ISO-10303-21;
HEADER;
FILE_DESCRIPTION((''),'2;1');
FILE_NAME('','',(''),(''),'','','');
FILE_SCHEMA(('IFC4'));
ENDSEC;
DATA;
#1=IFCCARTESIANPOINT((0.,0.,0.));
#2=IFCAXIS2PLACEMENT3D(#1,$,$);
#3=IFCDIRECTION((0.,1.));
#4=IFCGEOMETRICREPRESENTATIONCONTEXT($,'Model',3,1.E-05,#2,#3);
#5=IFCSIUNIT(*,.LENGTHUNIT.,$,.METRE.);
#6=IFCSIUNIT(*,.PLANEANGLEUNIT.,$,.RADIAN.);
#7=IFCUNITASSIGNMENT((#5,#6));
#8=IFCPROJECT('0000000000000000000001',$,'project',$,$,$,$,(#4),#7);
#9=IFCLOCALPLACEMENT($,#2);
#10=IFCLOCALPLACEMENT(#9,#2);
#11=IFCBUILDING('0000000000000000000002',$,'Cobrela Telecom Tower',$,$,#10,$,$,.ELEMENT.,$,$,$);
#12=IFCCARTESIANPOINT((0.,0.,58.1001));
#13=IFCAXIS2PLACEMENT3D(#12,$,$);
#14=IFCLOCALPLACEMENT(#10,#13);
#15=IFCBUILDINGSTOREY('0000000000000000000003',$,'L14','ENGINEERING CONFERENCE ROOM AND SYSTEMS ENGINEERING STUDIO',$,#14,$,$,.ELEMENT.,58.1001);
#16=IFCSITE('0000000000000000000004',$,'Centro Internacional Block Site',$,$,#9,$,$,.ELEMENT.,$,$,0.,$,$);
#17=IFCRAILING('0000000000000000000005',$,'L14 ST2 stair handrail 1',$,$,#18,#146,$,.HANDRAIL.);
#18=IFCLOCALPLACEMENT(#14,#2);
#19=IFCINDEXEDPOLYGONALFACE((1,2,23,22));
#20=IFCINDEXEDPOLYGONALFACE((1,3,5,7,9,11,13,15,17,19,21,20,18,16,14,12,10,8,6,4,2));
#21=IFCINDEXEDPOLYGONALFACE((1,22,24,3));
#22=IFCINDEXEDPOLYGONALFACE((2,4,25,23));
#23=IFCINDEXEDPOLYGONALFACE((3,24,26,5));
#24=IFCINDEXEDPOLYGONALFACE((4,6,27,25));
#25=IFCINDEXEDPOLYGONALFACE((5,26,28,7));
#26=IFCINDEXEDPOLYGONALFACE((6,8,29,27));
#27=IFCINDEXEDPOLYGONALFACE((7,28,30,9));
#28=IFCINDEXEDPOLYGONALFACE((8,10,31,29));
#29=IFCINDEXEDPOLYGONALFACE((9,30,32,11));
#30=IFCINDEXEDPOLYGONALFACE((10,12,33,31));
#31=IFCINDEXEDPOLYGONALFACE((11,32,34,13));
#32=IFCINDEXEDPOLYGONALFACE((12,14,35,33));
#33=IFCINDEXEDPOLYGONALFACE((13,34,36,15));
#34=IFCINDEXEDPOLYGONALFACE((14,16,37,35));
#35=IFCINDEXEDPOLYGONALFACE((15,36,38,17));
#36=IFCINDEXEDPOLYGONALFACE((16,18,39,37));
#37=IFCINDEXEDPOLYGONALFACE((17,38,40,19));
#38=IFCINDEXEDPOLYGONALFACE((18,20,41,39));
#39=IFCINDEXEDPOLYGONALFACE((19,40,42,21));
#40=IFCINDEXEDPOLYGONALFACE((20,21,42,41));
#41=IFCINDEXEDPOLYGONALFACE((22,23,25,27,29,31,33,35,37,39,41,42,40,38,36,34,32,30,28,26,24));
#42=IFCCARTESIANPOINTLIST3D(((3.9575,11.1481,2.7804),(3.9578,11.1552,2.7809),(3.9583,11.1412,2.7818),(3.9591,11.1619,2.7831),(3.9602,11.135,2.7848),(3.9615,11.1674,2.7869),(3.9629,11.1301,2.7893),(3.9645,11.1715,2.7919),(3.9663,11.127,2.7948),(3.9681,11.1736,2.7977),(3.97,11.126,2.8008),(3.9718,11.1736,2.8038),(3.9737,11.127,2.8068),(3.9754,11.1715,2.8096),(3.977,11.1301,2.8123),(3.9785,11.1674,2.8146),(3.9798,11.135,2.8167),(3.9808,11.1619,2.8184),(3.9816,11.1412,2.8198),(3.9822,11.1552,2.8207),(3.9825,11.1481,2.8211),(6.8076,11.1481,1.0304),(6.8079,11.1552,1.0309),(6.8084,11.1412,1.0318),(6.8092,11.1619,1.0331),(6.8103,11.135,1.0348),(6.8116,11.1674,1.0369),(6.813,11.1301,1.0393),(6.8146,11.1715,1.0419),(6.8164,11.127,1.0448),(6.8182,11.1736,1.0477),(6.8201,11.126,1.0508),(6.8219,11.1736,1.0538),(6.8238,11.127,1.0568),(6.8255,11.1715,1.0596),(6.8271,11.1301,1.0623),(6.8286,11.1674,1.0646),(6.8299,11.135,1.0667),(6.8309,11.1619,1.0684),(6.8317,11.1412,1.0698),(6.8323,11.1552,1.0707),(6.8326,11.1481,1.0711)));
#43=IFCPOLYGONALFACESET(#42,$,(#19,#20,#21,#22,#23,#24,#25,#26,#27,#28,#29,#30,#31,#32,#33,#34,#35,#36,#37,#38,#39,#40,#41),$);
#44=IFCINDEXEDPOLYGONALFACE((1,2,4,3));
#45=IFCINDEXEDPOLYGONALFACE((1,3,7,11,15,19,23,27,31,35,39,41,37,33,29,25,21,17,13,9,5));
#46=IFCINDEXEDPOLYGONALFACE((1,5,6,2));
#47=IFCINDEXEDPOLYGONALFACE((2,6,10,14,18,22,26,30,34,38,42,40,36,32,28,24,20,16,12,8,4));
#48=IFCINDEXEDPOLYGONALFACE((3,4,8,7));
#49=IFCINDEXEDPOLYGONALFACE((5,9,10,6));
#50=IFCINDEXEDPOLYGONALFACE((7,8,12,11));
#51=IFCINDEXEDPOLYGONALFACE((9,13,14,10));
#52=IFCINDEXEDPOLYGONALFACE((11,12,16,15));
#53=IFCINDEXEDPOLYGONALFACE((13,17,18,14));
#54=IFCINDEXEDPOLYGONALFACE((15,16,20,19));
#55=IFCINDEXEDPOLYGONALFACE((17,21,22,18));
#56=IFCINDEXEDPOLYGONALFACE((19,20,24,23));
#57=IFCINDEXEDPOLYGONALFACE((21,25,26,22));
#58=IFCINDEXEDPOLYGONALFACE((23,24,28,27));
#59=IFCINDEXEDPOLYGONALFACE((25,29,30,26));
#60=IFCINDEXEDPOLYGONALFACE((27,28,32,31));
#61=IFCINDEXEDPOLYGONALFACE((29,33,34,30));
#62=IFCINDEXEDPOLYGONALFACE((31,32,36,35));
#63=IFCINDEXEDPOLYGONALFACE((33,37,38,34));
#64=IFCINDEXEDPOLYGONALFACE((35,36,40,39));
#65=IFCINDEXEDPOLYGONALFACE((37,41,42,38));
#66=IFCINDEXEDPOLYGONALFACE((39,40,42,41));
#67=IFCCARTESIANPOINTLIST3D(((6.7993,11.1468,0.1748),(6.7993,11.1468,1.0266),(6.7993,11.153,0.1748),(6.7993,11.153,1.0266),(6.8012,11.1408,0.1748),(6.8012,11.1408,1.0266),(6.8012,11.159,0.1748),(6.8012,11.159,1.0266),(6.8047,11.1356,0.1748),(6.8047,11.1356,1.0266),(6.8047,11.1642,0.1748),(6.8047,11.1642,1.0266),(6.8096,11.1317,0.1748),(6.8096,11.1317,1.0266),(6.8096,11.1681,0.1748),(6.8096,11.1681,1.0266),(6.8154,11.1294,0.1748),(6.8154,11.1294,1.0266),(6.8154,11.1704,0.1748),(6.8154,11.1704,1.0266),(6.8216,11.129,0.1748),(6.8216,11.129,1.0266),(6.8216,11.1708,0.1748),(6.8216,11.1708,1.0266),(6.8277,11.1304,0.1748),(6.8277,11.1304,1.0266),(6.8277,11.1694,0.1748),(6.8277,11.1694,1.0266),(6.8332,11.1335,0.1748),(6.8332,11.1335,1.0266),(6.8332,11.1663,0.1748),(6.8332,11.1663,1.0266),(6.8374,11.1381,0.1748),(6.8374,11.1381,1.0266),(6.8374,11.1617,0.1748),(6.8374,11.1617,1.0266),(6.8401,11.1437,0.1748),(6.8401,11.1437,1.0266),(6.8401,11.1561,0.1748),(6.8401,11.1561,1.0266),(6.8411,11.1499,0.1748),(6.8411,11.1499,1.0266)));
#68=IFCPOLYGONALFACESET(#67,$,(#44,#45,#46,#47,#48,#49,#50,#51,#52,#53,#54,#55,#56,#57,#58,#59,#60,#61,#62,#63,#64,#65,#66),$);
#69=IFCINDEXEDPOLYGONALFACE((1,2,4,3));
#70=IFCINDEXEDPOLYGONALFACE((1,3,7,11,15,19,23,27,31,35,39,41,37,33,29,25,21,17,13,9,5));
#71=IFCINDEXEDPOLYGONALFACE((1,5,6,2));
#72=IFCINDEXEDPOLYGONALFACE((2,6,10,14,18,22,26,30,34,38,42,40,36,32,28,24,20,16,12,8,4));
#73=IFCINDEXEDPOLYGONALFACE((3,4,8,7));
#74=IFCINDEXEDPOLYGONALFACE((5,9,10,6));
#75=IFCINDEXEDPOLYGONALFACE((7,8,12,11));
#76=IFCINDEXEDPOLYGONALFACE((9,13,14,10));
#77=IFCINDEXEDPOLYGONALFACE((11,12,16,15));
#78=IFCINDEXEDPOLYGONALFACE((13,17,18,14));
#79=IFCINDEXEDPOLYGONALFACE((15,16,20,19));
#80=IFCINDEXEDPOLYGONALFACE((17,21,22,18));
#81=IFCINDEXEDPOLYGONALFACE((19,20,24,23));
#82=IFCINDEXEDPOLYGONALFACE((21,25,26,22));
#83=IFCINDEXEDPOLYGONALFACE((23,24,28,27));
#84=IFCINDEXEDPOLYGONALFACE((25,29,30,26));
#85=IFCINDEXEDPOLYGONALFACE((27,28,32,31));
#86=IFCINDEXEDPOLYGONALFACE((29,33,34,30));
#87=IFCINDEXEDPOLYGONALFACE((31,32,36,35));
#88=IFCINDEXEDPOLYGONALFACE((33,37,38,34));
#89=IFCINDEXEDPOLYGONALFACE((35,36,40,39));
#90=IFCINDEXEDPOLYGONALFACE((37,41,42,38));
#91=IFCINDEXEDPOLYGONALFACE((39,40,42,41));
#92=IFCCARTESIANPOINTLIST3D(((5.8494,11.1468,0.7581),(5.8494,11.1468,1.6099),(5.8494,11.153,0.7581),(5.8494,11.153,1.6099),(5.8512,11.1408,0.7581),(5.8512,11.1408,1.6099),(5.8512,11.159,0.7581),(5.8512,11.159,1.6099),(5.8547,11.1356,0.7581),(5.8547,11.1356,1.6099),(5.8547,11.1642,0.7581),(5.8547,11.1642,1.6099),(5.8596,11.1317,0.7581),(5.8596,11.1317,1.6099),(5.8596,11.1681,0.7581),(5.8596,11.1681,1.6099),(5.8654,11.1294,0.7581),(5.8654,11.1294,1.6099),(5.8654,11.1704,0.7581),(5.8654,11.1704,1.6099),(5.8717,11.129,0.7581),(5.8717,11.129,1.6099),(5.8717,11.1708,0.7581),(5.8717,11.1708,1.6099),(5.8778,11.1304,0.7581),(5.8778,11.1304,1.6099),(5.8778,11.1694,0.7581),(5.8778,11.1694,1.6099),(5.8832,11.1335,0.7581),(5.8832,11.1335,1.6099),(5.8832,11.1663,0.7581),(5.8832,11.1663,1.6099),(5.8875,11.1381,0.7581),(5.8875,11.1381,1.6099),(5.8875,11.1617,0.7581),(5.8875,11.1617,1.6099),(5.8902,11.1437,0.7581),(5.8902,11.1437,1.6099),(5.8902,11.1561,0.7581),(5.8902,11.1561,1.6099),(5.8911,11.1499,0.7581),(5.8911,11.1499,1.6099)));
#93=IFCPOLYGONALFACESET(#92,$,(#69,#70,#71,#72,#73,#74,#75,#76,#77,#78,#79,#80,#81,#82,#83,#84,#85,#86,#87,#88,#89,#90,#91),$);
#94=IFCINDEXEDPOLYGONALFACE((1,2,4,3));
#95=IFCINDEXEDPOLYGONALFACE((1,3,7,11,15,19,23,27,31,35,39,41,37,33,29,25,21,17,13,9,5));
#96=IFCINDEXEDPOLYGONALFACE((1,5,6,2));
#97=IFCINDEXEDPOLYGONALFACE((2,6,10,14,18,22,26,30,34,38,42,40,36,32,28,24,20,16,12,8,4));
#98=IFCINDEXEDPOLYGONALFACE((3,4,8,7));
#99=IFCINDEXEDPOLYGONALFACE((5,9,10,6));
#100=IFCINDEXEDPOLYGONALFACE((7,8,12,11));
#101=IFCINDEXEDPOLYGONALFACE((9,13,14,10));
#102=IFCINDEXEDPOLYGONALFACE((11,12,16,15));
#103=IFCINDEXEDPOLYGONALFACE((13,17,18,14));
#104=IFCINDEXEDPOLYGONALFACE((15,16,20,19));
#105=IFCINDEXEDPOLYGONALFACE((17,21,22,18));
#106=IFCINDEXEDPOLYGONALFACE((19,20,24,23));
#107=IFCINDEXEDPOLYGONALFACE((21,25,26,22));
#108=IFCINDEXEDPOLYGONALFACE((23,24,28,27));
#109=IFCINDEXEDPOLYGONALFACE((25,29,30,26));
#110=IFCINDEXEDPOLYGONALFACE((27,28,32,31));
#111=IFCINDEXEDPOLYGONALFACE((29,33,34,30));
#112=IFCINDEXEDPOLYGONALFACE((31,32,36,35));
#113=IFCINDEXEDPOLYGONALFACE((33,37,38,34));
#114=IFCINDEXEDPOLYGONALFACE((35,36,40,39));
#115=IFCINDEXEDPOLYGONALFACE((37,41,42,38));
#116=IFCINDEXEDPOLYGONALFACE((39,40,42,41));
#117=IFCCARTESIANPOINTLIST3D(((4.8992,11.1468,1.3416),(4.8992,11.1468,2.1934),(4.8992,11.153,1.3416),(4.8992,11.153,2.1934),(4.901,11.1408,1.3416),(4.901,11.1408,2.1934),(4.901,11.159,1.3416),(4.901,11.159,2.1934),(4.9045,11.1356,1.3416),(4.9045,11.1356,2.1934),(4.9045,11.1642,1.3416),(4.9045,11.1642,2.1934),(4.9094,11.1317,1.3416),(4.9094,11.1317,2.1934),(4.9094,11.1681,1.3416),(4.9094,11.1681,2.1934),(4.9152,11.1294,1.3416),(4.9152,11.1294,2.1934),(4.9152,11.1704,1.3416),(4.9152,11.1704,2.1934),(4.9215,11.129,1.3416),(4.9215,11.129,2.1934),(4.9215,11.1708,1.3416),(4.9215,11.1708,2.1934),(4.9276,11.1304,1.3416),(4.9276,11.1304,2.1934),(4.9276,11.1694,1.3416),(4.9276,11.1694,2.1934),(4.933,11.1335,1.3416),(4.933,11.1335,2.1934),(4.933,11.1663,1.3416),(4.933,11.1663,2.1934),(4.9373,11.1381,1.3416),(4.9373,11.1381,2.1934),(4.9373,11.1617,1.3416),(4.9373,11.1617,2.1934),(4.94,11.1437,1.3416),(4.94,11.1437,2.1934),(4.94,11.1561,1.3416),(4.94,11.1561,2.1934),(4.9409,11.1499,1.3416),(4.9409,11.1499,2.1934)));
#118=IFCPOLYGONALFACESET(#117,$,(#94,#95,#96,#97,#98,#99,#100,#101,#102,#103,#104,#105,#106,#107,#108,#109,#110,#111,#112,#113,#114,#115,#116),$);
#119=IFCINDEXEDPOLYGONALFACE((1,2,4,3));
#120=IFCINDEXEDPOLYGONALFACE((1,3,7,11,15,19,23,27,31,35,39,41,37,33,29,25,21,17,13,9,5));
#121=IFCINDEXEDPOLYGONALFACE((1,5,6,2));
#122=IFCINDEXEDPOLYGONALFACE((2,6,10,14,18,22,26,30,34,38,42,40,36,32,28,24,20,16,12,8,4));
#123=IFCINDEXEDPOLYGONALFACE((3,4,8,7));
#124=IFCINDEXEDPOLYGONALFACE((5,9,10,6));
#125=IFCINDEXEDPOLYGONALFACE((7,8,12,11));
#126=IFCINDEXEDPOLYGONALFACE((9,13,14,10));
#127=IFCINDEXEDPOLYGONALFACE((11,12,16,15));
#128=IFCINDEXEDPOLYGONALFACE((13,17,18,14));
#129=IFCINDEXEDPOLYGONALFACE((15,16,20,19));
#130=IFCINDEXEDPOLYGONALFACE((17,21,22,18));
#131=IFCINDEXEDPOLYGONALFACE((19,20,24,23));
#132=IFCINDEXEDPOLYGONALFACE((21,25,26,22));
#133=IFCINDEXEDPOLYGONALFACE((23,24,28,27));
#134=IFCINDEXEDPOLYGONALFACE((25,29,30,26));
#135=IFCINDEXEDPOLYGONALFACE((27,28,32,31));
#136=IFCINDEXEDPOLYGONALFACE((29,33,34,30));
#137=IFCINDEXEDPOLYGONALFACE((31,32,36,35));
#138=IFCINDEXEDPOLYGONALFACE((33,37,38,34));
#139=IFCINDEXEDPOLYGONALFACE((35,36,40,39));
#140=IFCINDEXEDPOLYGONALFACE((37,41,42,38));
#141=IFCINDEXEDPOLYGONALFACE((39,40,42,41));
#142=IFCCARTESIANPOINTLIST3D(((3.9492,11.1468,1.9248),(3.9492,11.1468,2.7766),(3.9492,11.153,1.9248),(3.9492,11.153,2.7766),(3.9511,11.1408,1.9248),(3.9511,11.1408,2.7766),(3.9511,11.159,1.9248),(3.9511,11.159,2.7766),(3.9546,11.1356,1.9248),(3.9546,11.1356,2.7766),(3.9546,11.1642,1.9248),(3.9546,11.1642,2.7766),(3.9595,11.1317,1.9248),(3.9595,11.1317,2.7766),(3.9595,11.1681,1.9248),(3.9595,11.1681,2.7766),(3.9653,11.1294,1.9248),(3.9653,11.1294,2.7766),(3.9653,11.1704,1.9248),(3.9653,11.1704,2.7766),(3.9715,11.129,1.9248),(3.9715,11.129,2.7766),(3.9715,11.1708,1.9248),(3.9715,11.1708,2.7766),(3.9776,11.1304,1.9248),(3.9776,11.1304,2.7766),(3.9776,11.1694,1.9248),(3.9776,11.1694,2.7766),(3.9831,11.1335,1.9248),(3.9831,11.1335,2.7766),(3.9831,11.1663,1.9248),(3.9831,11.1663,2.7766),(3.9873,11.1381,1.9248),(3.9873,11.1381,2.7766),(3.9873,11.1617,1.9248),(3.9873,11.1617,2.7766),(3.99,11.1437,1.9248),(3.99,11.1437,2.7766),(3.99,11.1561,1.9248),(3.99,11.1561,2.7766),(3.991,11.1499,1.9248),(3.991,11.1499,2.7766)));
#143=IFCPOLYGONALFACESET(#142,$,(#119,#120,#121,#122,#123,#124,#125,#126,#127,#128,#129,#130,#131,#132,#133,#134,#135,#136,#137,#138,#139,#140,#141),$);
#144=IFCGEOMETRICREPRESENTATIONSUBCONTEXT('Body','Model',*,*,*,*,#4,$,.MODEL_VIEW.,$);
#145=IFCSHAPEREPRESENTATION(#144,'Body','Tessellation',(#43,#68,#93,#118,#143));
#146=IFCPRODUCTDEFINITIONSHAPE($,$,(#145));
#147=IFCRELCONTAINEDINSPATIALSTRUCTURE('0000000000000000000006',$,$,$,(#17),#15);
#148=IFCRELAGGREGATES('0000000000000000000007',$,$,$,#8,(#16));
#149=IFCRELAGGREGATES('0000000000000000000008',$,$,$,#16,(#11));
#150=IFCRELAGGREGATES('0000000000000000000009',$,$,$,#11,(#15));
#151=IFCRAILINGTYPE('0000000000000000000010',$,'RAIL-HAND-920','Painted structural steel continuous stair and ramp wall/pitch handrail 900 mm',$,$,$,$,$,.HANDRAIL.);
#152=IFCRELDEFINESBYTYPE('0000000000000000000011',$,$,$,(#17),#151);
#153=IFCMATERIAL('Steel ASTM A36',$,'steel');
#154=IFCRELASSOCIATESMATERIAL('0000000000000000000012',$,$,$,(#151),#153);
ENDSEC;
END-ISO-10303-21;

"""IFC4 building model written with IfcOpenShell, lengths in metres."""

from ifc_helpers import new_model, si_unit, direction, frame, origin, origin_2d, place, context, subcontext, project, spatial, circle, extrude, material, type_object, element, save


model = new_model("IFC4")

# Units and contexts
model_context = context("Model", 3, precision=1e-05, world=origin(), true_north=direction((0.0, 1.0)))
body_context = subcontext(model_context, "Body", "Model", "MODEL_VIEW")
ifc_project = project(units=[si_unit("LENGTHUNIT", "METRE"), si_unit("PLANEANGLEUNIT", "RADIAN")], contexts=[model_context])

# Site, building, storey
site_placement = place(None, origin())
site = spatial("IfcSite", under=ifc_project, at=site_placement, Name="Centro Internacional Block Site", CompositionType="ELEMENT", RefElevation=0.0)
building_placement = place(site_placement, origin())
building = spatial("IfcBuilding", under=site, at=building_placement, Name="Cobrela Telecom Tower", CompositionType="ELEMENT")
storey_placement = place(building_placement, frame((0.0, 0.0, 58.1001)))
storey = spatial("IfcBuildingStorey", under=building, at=storey_placement, Name="L14", Description="ENGINEERING CONFERENCE ROOM AND SYSTEMS ENGINEERING STUDIO", CompositionType="ELEMENT", Elevation=58.1001)

# Railing
ifc_material_1 = material(Name="Steel ASTM A36", Category="steel")
railing_type_1 = type_object("IfcRailingType", Name="RAIL-HAND-920", Description="Painted structural steel continuous stair and ramp wall/pitch handrail 900 mm", PredefinedType="HANDRAIL", material=ifc_material_1)
railing_1_placement = place(storey_placement, frame((6.8201, 11.1499, 0.1748)))
element("IfcRailing", 1, at=railing_1_placement, inside=storey, type_object=railing_type_1, Name="L14 ST2 stair handrail 1", PredefinedType="HANDRAIL", context=body_context, shape_type="SweptSolid", body=[
    extrude(circle(Radius=0.0239, at=origin_2d()), frame((0.0, 0.0, 0.876), z_axis=(-0.852179, 0.0, 0.52325), x_axis=(0.0, -1.0, 0.0)), (0.0, 0.0, 1.0), 3.3445),
    extrude(circle(Radius=0.021, at=origin_2d()), origin(), (0.0, 0.0, 1.0), 0.8518),
    extrude(circle(Radius=0.021, at=origin_2d()), frame((-0.95, 0.0, 0.5833)), (0.0, 0.0, 1.0), 0.8518),
    extrude(circle(Radius=0.021, at=origin_2d()), frame((-1.9001, 0.0, 1.1667)), (0.0, 0.0, 1.0), 0.8518),
    extrude(circle(Radius=0.021, at=origin_2d()), frame((-2.8501, 0.0, 1.75)), (0.0, 0.0, 1.0), 0.8518),
])

save(model, "model.ifc")
